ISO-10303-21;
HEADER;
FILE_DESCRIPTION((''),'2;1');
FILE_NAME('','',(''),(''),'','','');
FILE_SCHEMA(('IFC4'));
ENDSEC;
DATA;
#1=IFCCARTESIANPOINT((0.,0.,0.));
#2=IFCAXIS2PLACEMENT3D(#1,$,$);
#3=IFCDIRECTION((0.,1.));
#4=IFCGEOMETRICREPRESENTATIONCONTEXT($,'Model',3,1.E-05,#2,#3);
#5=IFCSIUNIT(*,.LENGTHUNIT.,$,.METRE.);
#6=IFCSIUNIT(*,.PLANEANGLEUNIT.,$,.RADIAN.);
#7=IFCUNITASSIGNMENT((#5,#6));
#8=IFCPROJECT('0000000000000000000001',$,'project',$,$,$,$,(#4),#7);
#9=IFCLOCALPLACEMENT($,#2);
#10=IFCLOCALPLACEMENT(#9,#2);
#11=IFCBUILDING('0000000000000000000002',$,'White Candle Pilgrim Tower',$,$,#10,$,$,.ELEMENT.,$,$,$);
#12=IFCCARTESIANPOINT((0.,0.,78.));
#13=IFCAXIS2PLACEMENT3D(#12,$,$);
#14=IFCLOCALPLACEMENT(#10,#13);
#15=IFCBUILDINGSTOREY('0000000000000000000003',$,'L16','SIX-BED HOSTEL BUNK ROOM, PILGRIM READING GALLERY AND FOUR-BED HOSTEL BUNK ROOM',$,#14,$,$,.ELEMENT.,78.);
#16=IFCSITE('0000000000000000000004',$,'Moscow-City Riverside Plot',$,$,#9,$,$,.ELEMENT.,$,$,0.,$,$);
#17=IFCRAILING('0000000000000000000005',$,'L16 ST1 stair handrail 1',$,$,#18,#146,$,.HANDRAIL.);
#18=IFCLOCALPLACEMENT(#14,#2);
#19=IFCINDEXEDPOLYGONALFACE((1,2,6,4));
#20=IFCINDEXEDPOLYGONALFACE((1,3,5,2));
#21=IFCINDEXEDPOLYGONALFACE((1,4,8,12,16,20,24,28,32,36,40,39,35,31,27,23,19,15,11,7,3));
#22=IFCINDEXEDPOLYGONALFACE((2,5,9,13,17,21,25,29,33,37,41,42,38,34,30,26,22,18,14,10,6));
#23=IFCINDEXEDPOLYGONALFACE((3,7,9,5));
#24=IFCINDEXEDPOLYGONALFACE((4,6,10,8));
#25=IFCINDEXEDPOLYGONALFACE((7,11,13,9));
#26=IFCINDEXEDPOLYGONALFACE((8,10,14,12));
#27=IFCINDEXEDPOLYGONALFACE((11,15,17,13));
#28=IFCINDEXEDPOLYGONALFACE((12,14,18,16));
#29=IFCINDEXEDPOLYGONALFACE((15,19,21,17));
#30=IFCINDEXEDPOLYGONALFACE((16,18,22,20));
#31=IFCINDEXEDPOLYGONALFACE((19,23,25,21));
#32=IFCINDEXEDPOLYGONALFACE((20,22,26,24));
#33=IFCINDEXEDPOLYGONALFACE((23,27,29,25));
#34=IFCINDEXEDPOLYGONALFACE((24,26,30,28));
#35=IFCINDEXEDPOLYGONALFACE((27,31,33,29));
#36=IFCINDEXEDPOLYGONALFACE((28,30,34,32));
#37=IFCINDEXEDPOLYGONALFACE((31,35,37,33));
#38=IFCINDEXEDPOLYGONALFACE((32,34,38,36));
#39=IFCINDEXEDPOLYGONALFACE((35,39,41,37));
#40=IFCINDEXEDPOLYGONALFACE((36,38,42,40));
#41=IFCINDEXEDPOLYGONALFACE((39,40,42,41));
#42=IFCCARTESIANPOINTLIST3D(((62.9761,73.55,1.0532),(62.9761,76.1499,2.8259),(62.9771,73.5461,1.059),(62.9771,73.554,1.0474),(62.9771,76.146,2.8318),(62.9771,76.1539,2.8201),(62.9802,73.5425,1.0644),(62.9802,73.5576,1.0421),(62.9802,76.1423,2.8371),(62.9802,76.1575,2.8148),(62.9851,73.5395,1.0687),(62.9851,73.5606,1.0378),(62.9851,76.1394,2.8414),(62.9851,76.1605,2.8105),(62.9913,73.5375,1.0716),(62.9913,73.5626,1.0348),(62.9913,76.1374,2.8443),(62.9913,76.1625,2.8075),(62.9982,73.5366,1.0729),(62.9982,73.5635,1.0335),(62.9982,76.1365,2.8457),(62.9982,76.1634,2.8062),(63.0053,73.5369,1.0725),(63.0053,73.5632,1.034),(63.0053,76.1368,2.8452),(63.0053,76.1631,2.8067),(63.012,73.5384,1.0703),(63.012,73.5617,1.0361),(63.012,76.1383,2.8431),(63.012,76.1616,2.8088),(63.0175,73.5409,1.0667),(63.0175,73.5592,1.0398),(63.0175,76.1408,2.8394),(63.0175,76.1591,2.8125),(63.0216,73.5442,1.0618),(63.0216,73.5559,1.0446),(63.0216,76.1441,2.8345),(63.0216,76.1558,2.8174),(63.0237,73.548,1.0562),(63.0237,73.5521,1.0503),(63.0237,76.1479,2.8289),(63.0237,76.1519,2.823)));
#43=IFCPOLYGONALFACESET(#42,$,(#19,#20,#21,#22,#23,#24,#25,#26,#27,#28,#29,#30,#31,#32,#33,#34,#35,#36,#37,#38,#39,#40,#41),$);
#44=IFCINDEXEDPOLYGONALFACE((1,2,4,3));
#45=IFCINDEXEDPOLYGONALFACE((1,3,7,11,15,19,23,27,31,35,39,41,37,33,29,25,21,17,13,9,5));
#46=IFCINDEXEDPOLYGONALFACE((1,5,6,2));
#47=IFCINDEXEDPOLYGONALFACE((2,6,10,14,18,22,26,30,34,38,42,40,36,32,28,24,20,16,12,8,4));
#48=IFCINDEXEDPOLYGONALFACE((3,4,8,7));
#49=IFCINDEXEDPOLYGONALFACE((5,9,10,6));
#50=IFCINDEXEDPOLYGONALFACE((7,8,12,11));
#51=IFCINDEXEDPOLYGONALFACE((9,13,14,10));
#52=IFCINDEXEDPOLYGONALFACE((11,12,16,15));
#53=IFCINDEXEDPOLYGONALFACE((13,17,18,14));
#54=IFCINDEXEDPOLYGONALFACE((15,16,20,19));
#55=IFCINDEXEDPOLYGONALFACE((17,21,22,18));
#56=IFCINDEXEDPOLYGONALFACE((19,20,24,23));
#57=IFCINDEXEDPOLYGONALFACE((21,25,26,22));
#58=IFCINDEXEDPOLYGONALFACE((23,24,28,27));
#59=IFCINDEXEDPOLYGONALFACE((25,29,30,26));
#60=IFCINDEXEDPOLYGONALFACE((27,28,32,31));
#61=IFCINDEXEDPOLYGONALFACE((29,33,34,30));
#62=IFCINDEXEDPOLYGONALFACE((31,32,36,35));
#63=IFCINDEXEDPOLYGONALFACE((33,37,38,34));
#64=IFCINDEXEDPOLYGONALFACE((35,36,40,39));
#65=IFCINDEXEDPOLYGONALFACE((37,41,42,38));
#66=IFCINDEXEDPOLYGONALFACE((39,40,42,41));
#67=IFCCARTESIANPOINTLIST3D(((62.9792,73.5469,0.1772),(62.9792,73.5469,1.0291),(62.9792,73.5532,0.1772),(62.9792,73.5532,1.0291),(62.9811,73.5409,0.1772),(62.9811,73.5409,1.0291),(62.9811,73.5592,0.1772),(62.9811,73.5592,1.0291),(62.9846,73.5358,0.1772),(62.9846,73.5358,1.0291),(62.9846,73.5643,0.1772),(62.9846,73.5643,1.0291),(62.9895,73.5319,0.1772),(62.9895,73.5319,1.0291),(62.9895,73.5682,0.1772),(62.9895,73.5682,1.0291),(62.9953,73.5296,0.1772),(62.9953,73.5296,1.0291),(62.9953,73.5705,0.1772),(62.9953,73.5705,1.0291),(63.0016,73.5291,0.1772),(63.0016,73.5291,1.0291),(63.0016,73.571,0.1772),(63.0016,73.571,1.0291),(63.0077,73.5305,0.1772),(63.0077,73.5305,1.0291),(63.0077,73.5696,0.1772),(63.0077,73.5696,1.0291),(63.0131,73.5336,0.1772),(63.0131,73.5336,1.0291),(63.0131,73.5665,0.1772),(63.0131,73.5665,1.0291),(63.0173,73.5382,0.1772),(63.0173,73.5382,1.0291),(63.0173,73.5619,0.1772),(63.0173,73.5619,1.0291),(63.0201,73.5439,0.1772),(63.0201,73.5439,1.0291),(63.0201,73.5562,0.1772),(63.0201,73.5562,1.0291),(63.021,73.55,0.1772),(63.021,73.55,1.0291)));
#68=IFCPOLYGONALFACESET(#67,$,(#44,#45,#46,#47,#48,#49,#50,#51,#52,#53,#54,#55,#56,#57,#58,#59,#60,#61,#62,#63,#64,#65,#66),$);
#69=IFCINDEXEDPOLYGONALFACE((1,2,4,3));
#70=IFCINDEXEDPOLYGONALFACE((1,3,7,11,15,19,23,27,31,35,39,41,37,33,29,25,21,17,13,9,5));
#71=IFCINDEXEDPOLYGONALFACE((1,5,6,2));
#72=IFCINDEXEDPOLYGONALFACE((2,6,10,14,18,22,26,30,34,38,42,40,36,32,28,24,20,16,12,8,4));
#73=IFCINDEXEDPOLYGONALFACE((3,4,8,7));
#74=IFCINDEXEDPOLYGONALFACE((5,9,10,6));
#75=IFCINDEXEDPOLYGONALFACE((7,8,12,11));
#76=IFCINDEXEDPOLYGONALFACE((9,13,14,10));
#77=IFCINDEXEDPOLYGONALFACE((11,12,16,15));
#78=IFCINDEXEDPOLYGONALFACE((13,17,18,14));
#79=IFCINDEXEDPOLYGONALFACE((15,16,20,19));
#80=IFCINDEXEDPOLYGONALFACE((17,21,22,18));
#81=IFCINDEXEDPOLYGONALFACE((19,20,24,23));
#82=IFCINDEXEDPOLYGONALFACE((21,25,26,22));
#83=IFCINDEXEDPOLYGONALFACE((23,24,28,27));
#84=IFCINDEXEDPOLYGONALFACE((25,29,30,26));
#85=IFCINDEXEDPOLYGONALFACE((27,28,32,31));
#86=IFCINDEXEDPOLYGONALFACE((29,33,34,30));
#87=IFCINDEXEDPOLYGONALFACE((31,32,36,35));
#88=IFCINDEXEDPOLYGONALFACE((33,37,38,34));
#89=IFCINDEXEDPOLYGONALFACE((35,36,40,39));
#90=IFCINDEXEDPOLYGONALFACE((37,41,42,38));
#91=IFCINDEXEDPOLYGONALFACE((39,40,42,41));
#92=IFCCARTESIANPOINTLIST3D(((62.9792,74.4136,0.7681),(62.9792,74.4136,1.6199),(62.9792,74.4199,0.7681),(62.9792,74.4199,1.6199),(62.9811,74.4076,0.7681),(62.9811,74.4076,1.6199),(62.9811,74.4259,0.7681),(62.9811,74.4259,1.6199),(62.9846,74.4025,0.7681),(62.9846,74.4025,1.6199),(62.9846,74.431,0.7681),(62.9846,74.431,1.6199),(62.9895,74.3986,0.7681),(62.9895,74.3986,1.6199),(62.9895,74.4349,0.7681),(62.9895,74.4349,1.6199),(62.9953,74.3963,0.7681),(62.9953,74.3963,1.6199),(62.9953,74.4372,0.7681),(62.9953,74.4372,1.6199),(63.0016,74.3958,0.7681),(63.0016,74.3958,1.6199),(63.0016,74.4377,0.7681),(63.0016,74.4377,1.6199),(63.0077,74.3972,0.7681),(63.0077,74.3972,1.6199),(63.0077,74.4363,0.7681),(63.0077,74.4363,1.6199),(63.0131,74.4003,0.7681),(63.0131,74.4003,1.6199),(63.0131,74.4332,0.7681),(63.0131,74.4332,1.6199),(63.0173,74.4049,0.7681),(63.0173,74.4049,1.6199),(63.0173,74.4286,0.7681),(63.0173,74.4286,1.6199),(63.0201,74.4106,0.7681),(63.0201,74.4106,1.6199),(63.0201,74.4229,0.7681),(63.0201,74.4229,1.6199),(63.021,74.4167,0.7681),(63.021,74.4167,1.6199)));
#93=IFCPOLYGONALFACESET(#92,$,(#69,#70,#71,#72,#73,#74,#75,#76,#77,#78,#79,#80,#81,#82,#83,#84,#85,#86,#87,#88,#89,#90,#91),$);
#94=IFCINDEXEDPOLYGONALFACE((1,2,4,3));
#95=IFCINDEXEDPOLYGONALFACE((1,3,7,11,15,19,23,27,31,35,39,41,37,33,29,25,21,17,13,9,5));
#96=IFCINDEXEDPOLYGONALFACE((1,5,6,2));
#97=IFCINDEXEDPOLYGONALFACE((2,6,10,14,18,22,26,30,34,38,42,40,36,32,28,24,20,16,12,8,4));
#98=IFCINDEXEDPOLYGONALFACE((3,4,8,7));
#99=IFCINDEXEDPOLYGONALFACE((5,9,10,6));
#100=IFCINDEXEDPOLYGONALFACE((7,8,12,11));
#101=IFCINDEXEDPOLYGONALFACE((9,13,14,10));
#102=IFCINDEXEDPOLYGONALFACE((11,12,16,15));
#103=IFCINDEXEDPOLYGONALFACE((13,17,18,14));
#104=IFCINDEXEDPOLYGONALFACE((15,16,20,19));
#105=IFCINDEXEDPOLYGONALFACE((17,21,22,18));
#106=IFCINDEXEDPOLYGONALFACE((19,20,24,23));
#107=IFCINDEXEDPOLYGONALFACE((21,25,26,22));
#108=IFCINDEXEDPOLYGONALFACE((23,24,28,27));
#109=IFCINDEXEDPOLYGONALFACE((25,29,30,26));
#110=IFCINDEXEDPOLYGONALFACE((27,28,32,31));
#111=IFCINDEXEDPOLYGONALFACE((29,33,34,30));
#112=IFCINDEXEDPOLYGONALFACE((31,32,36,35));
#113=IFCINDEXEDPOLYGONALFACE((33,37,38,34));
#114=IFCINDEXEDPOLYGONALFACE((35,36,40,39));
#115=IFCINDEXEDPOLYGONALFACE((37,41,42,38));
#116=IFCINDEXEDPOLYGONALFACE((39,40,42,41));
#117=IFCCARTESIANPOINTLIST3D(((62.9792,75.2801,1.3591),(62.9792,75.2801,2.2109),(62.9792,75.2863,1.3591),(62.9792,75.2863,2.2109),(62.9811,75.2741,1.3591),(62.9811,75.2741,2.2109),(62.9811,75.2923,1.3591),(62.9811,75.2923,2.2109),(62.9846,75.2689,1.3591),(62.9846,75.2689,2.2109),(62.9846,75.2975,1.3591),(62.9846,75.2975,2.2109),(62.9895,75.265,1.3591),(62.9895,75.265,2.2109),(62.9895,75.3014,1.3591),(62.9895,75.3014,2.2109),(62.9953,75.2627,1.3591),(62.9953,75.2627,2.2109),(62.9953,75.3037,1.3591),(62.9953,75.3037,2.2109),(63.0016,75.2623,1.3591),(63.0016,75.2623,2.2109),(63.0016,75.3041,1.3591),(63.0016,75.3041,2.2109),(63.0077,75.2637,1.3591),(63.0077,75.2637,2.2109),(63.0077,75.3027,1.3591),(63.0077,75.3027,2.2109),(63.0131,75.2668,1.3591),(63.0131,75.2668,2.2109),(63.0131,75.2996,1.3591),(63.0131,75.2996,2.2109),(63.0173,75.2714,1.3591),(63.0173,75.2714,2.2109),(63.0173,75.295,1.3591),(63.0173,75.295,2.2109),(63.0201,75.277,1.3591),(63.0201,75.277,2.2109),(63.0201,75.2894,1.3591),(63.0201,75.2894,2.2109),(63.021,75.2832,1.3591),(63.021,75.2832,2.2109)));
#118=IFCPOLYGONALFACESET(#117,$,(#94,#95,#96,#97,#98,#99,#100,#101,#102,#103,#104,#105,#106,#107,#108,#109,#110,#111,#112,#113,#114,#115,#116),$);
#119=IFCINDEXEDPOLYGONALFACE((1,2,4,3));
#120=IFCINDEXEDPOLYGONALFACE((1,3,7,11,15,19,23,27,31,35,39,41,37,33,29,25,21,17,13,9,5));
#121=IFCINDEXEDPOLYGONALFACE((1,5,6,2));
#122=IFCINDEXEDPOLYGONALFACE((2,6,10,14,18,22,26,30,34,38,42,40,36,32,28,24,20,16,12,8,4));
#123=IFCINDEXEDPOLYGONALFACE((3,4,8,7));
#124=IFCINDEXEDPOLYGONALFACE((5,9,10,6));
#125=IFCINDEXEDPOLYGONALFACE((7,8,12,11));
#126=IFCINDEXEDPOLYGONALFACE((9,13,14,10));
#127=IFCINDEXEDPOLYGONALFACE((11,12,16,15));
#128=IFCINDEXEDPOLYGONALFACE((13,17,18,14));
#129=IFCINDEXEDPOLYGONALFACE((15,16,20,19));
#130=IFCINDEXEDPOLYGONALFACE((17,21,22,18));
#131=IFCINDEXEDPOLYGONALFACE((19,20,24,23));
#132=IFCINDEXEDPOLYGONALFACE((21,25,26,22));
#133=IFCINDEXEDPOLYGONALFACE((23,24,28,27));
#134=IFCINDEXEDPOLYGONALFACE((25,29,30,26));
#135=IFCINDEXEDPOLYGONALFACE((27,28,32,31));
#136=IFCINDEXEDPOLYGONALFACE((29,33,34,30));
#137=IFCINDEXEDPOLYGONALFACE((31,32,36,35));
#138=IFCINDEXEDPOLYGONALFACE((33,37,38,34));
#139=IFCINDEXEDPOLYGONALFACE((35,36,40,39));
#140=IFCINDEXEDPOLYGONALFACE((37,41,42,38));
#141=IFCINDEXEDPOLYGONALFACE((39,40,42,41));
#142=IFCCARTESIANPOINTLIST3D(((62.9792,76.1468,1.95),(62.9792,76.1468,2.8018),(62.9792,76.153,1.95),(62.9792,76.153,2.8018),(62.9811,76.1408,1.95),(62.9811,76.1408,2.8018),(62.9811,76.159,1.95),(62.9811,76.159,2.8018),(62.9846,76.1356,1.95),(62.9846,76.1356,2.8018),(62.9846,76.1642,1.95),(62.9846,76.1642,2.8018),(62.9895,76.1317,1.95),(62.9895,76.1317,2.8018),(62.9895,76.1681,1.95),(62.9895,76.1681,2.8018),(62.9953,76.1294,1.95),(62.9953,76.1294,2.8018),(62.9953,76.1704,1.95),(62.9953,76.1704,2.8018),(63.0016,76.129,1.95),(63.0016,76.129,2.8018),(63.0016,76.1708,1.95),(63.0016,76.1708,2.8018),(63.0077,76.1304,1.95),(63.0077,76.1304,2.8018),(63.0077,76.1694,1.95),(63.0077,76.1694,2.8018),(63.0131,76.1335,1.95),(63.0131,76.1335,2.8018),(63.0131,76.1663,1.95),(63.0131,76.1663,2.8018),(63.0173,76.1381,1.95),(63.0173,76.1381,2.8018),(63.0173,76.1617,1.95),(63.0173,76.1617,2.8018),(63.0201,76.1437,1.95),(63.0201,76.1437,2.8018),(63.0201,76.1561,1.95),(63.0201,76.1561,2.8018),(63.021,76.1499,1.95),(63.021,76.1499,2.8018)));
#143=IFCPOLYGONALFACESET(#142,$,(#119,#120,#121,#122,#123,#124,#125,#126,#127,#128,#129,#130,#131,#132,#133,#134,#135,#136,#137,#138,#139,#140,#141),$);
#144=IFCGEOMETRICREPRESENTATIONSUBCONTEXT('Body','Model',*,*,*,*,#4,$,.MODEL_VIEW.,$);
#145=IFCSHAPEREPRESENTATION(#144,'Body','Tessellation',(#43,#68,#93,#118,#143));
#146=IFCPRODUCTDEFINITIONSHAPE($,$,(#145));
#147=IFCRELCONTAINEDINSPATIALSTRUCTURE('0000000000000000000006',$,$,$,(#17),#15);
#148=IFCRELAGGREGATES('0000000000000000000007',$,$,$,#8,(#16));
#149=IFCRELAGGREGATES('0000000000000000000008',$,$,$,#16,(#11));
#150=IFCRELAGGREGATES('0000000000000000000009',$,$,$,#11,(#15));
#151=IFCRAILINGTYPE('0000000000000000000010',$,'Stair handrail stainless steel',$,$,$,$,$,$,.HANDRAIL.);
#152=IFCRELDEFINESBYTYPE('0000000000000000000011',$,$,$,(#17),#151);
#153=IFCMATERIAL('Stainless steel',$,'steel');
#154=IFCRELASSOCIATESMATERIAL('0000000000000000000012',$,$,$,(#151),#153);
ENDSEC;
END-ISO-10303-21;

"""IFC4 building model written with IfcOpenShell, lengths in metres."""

from ifc_helpers import new_model, si_unit, direction, frame, origin, origin_2d, place, context, subcontext, project, spatial, circle, extrude, material, type_object, element, save


model = new_model("IFC4")

# Units and contexts
model_context = context("Model", 3, precision=1e-05, world=origin(), true_north=direction((0.0, 1.0)))
body_context = subcontext(model_context, "Body", "Model", "MODEL_VIEW")
ifc_project = project(units=[si_unit("LENGTHUNIT", "METRE"), si_unit("PLANEANGLEUNIT", "RADIAN")], contexts=[model_context])

# Site, building, storey
site_placement = place(None, origin())
site = spatial("IfcSite", under=ifc_project, at=site_placement, Name="Moscow-City Riverside Plot", CompositionType="ELEMENT", RefElevation=0.0)
building_placement = place(site_placement, origin())
building = spatial("IfcBuilding", under=site, at=building_placement, Name="White Candle Pilgrim Tower", CompositionType="ELEMENT")
storey_placement = place(building_placement, frame((0.0, 0.0, 78.0)))
storey = spatial("IfcBuildingStorey", under=building, at=storey_placement, Name="L16", Description="SIX-BED HOSTEL BUNK ROOM, PILGRIM READING GALLERY AND FOUR-BED HOSTEL BUNK ROOM", CompositionType="ELEMENT", Elevation=78.0)

# Railing
ifc_material_1 = material(Name="Stainless steel", Category="steel")
railing_type_1 = type_object("IfcRailingType", Name="Stair handrail stainless steel", PredefinedType="HANDRAIL", material=ifc_material_1)
railing_1_placement = place(storey_placement, frame((63.0, 73.55, 0.1772)))
element("IfcRailing", 1, at=railing_1_placement, inside=storey, type_object=railing_type_1, Name="L16 ST1 stair handrail 1", PredefinedType="HANDRAIL", context=body_context, shape_type="SweptSolid", body=[
    extrude(circle(Radius=0.0239, at=origin_2d()), frame((0.0, 0.0, 0.876), z_axis=(0.0, 0.826216, 0.563354), x_axis=(-1.0, 0.0, 0.0)), (0.0, 0.0, 1.0), 3.1467),
    extrude(circle(Radius=0.021, at=origin_2d()), origin(), (0.0, 0.0, 1.0), 0.8518),
    extrude(circle(Radius=0.021, at=origin_2d()), frame((0.0, 0.8667, 0.5908)), (0.0, 0.0, 1.0), 0.8518),
    extrude(circle(Radius=0.021, at=origin_2d()), frame((0.0, 1.7332, 1.1819)), (0.0, 0.0, 1.0), 0.8518),
    extrude(circle(Radius=0.021, at=origin_2d()), frame((0.0, 2.5999, 1.7727)), (0.0, 0.0, 1.0), 0.8518),
])

save(model, "model.ifc")
